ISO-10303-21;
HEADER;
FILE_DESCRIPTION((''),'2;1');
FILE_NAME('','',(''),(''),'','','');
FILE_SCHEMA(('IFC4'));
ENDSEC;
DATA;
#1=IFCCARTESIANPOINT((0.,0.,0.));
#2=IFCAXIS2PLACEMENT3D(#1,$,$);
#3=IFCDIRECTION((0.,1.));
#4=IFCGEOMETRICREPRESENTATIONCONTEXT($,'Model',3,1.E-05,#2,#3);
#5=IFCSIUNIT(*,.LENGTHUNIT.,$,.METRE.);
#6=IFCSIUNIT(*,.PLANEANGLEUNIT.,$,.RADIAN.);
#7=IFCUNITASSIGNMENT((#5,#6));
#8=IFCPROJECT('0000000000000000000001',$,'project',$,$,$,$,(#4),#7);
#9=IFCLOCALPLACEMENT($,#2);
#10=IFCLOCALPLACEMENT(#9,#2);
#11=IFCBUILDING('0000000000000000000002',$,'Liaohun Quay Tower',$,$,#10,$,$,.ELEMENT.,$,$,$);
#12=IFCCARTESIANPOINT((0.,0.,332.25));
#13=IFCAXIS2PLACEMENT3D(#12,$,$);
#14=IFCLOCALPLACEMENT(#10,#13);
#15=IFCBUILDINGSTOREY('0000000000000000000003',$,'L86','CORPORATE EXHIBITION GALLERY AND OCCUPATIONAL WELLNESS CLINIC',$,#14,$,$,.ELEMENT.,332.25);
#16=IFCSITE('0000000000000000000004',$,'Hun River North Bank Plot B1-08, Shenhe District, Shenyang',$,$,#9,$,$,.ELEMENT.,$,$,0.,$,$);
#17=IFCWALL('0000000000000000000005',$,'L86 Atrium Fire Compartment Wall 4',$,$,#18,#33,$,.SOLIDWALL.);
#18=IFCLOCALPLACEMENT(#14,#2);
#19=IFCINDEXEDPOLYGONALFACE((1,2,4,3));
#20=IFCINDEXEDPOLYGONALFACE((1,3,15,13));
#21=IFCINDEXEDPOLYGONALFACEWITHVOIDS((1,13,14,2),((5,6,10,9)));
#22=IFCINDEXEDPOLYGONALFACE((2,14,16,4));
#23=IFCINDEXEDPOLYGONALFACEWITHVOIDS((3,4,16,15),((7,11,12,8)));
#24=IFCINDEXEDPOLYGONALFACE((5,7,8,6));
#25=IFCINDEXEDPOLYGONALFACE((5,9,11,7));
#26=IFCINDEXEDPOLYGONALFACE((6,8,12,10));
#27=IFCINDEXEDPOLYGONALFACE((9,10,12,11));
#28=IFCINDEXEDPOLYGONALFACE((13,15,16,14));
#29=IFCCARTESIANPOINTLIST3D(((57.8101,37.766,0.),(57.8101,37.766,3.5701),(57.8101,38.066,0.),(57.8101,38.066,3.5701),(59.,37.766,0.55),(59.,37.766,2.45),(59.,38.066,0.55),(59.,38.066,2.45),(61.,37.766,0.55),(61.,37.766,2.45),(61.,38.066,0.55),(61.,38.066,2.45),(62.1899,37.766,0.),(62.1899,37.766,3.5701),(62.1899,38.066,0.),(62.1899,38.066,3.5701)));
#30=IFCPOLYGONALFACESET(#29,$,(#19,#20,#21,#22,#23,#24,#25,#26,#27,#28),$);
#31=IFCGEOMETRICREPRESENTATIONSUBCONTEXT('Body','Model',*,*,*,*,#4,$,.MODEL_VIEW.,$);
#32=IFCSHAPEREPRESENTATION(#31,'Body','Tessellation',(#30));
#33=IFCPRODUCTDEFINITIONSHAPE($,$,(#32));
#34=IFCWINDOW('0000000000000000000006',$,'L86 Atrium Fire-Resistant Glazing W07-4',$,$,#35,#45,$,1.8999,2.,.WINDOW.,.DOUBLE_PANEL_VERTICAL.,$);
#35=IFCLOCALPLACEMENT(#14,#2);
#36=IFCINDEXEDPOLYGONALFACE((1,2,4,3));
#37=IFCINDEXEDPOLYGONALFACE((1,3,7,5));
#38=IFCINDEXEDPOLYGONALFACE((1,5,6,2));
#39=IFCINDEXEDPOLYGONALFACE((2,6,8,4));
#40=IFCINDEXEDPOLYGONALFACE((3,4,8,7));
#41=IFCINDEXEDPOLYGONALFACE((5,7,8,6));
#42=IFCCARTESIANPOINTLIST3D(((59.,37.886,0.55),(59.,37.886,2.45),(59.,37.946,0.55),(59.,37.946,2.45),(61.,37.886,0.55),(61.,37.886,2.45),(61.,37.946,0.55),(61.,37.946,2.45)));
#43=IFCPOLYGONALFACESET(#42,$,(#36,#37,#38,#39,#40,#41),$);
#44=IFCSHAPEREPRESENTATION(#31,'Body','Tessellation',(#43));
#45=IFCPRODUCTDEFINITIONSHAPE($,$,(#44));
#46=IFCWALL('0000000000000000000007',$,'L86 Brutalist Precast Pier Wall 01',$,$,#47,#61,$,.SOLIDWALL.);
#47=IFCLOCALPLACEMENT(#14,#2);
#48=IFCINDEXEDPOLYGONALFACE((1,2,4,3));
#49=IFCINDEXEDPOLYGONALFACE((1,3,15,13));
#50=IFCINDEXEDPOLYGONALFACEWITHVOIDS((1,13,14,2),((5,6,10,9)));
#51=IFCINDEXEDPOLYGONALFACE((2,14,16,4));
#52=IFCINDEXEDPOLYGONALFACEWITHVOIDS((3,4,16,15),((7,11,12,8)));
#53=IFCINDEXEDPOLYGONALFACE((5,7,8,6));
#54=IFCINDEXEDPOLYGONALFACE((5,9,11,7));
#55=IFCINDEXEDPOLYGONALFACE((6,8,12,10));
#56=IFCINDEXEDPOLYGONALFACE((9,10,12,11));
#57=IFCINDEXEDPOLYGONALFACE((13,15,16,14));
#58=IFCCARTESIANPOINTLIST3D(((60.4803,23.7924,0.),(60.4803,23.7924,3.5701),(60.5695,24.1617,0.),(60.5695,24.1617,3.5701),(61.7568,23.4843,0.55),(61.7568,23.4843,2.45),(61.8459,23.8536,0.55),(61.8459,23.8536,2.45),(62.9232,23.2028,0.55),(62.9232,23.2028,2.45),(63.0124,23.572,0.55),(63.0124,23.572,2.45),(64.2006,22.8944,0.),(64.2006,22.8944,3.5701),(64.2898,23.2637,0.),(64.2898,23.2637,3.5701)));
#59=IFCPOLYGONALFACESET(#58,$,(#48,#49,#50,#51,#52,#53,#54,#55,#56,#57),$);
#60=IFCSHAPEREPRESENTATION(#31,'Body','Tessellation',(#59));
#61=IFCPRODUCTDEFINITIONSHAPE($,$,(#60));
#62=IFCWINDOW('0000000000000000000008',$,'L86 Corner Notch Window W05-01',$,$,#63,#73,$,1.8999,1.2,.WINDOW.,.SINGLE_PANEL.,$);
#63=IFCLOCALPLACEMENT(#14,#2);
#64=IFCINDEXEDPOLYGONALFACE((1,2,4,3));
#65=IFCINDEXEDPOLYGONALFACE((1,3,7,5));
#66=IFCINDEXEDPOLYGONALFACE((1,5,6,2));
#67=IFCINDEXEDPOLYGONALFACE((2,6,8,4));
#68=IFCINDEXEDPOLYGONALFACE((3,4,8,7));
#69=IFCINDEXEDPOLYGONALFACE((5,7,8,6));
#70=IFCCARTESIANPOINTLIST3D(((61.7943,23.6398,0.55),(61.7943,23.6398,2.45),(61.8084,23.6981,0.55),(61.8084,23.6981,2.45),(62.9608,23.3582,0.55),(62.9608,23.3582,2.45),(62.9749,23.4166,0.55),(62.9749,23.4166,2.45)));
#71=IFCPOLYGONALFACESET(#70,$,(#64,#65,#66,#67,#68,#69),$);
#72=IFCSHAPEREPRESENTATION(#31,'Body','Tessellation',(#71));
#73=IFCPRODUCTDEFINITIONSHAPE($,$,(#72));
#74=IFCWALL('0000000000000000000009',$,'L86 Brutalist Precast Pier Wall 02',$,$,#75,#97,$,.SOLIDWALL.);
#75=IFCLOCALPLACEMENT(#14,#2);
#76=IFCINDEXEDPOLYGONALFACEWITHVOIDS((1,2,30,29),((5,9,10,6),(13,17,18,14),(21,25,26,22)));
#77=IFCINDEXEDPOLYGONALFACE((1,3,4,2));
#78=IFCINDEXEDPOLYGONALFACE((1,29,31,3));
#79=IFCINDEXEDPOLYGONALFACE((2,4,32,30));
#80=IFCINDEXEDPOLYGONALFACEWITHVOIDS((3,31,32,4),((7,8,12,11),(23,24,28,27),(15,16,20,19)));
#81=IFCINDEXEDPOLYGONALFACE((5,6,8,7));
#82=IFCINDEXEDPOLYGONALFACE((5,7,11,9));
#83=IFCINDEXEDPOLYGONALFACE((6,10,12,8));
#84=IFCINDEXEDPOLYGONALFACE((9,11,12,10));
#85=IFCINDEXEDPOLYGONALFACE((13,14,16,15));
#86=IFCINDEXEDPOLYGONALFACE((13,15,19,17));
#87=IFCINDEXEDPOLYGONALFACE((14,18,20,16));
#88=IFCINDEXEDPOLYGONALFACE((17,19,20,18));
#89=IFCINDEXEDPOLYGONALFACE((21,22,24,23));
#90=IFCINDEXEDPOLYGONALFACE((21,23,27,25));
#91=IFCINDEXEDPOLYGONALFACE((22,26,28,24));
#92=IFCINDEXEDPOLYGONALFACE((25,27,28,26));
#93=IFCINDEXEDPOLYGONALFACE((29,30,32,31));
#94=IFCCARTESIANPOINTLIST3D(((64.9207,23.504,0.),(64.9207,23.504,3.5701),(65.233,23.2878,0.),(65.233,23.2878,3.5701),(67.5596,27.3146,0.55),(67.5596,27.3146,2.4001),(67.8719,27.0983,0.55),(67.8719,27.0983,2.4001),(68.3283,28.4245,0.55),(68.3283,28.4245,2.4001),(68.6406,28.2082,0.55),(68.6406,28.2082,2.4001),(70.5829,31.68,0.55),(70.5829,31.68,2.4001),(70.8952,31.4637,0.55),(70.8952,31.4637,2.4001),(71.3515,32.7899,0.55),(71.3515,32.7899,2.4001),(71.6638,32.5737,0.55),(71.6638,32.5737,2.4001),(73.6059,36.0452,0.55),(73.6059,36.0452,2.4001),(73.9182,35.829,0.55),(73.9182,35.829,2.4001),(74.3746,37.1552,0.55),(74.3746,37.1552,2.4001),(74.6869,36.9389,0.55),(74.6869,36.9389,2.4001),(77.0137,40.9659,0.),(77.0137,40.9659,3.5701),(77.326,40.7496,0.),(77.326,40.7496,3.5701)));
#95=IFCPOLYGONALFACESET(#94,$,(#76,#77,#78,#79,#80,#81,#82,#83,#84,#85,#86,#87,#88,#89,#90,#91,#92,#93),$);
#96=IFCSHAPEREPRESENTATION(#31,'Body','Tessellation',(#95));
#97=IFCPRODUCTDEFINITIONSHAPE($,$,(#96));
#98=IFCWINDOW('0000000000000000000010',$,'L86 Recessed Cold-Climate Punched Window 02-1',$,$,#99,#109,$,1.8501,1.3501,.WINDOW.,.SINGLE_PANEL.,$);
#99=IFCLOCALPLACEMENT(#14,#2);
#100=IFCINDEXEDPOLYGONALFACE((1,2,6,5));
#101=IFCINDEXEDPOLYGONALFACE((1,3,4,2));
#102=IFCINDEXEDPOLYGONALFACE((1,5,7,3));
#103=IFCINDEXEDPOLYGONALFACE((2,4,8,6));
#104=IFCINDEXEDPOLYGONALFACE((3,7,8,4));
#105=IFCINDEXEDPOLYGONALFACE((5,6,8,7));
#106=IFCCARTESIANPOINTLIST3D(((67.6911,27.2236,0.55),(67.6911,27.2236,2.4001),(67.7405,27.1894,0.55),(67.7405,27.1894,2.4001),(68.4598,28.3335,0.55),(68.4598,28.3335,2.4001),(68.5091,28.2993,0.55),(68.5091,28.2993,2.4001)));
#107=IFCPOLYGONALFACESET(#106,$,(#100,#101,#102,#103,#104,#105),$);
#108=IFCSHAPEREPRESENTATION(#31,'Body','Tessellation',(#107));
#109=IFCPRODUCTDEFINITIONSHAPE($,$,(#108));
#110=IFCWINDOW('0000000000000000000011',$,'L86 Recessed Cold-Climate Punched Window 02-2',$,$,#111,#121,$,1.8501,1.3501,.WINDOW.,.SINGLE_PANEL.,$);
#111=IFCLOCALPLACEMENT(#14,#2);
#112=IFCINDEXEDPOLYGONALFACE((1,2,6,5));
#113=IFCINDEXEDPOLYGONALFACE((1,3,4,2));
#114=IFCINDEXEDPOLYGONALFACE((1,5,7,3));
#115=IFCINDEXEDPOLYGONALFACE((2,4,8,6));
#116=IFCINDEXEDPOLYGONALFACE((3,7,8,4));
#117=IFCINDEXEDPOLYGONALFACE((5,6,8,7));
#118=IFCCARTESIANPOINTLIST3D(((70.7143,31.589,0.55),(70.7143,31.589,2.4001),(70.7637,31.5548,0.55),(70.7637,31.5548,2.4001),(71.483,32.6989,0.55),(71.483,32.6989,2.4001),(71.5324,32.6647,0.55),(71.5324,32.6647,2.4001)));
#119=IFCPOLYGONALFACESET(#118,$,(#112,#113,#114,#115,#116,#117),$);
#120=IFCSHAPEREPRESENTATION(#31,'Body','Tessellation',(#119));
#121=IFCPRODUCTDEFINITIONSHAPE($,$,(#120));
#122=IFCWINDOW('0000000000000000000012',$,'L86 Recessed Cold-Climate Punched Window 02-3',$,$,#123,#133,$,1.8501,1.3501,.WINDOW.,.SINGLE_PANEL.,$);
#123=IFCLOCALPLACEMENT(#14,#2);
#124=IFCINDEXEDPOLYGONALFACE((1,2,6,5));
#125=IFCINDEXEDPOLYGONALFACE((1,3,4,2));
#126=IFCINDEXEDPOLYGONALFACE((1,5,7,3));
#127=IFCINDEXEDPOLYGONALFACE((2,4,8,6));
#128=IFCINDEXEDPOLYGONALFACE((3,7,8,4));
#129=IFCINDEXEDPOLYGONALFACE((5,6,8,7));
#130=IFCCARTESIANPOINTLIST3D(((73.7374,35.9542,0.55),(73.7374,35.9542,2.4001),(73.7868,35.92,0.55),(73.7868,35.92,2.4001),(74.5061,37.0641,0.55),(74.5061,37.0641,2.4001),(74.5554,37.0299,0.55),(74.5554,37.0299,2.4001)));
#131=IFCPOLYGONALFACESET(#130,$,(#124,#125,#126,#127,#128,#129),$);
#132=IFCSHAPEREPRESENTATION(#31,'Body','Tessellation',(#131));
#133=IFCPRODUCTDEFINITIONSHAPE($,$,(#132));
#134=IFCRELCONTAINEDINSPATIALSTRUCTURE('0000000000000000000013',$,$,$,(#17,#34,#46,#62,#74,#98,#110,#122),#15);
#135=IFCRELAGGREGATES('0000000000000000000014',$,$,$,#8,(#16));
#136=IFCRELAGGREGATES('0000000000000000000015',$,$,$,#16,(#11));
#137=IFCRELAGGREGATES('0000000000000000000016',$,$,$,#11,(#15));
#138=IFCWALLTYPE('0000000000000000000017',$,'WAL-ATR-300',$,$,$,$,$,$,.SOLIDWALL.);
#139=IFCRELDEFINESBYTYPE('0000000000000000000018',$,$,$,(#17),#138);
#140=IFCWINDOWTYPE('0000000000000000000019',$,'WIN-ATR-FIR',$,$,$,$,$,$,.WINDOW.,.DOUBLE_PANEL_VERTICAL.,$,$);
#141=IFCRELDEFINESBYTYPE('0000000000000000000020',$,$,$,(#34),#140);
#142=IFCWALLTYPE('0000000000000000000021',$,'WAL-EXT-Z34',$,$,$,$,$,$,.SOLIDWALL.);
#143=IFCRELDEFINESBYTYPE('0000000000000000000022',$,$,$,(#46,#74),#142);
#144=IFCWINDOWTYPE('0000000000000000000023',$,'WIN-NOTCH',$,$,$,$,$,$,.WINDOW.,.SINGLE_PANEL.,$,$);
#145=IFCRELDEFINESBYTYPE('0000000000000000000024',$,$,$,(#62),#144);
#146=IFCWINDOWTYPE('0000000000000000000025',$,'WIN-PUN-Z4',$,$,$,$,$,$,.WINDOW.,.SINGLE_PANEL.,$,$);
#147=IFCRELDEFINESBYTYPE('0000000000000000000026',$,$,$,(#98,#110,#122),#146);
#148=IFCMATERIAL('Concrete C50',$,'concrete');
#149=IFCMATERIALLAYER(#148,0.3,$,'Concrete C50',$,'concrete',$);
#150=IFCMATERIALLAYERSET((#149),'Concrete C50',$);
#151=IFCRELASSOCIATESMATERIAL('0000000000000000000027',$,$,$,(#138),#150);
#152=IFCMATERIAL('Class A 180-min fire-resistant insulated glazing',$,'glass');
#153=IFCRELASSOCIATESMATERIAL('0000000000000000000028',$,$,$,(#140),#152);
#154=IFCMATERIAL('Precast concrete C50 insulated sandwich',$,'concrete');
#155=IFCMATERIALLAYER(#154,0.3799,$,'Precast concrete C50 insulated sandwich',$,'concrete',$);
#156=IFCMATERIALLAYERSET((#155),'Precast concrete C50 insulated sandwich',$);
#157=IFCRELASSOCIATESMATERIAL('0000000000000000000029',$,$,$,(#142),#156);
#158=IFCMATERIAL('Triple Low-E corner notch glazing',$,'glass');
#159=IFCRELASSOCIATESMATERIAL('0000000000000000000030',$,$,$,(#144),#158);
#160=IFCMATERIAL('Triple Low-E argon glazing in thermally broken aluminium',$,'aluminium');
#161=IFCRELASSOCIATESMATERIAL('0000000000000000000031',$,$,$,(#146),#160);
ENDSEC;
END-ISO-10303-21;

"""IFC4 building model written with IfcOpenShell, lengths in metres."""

from ifc_helpers import new_model, si_unit, direction, frame, frame_2d, origin, place, context, subcontext, project, spatial, rectangle, extrude, source, transform, mapped, material, layer, layer_set, type_object, element, fill, save


model = new_model("IFC4")

# Units and contexts
model_context = context("Model", 3, precision=1e-05, world=origin(), true_north=direction((0.0, 1.0)))
body_context = subcontext(model_context, "Body", "Model", "MODEL_VIEW")
ifc_project = project(units=[si_unit("LENGTHUNIT", "METRE"), si_unit("PLANEANGLEUNIT", "RADIAN")], contexts=[model_context])

# Site, building, storey
site_placement = place(None, origin())
site = spatial("IfcSite", under=ifc_project, at=site_placement, Name="Hun River North Bank Plot B1-08, Shenhe District, Shenyang", CompositionType="ELEMENT", RefElevation=0.0)
building_placement = place(site_placement, origin())
building = spatial("IfcBuilding", under=site, at=building_placement, Name="Liaohun Quay Tower", CompositionType="ELEMENT")
storey_placement = place(building_placement, frame((0.0, 0.0, 332.25)))
storey = spatial("IfcBuildingStorey", under=building, at=storey_placement, Name="L86", Description="CORPORATE EXHIBITION GALLERY AND OCCUPATIONAL WELLNESS CLINIC", CompositionType="ELEMENT", Elevation=332.25)

# Shared definitions
ifc_material_1 = material(Name="Concrete C50", Category="concrete")

# Walls, openings, windows
ifc_layer_1 = layer(ifc_material_1, 0.3, Name="Concrete C50", Category="concrete")
ifc_layer_set_1 = layer_set([ifc_layer_1], Name="Concrete C50")
wall_type_1 = type_object("IfcWallType", Name="WAL-ATR-300", PredefinedType="SOLIDWALL", material=ifc_layer_set_1)
shared_shape_1 = source(origin(), body_context, "Body", "SweptSolid", [
    extrude(rectangle(XDim=2.0, YDim=1.8999, at=frame_2d((1.0, 0.95))), frame((0.0, 0.1599, 0.0), z_axis=(0.0, -1.0, 0.0), x_axis=(1.0, 0.0, 0.0)), (0.0, 0.0, 1.0), 0.3201),
])
ifc_material_2 = material(Name="Class A 180-min fire-resistant insulated glazing", Category="glass")
window_type_1 = type_object("IfcWindowType", Name="WIN-ATR-FIR", PartitioningType="DOUBLE_PANEL_VERTICAL", PredefinedType="WINDOW", material=ifc_material_2)
shared_shape_2 = source(origin(), body_context, "Body", "SweptSolid", [
    extrude(rectangle(XDim=2.0, YDim=1.8999, at=frame_2d((1.0, 0.95))), frame((0.0, 0.03, 0.0), z_axis=(0.0, -1.0, 0.0), x_axis=(1.0, 0.0, 0.0)), (0.0, 0.0, 1.0), 0.0601),
])
wall_1_placement = place(storey_placement, frame((62.1899, 37.916, 0.0), z_axis=(0.0, 0.0, 1.0), x_axis=(-1.0, 0.0, 0.0)))
wall_1 = element("IfcWall", 1, at=wall_1_placement, inside=storey, type_object=wall_type_1, Name="L86 Atrium Fire Compartment Wall 4", PredefinedType="SOLIDWALL", context=body_context, shape_type="SweptSolid", body=[
    extrude(rectangle(XDim=4.3799, YDim=0.3, at=frame_2d((2.1899, 0.0))), origin(), (0.0, 0.0, 1.0), 3.5701),
])
opening_1_placement = place(wall_1_placement, frame((1.1899, 0.0, 0.55)))
opening_1 = element("IfcOpeningElement", 2, at=opening_1_placement, cuts=wall_1, PredefinedType="OPENING", context=body_context, shape_type="MappedRepresentation", body=[
    mapped(shared_shape_1, transform((0.0, 0.0, 0.0), x_axis=(1.0, 0.0, 0.0), y_axis=(0.0, 1.0, 0.0), z_axis=(0.0, 0.0, 1.0), scale=1.0)),
])
window_1_placement = place(opening_1_placement, origin())
window_1 = element("IfcWindow", 3, at=window_1_placement, inside=storey, type_object=window_type_1, Name="L86 Atrium Fire-Resistant Glazing W07-4", OverallHeight=1.8999, OverallWidth=2.0, PartitioningType="DOUBLE_PANEL_VERTICAL", PredefinedType="WINDOW", context=body_context, shape_type="MappedRepresentation", body=[
    mapped(shared_shape_2, transform((0.0, 0.0, 0.0), x_axis=(1.0, 0.0, 0.0), y_axis=(0.0, 1.0, 0.0), z_axis=(0.0, 0.0, 1.0), scale=1.0)),
])
fill(opening_1, window_1)
ifc_material_3 = material(Name="Precast concrete C50 insulated sandwich", Category="concrete")
ifc_layer_2 = layer(ifc_material_3, 0.3799, Name="Precast concrete C50 insulated sandwich", Category="concrete")
ifc_layer_set_2 = layer_set([ifc_layer_2], Name="Precast concrete C50 insulated sandwich")
wall_type_2 = type_object("IfcWallType", Name="WAL-EXT-Z34", PredefinedType="SOLIDWALL", material=ifc_layer_set_2)
wall_2_placement = place(storey_placement, frame((60.5249, 23.9771, 0.0), z_axis=(0.0, 0.0, 1.0), x_axis=(0.972084, -0.234632, 0.0)))
wall_2 = element("IfcWall", 4, at=wall_2_placement, inside=storey, type_object=wall_type_2, Name="L86 Brutalist Precast Pier Wall 01", PredefinedType="SOLIDWALL", context=body_context, shape_type="SweptSolid", body=[
    extrude(rectangle(XDim=3.8271, YDim=0.3799, at=frame_2d((1.9136, 0.0))), origin(), (0.0, 0.0, 1.0), 3.5701),
])
shared_shape_3 = source(origin(), body_context, "Body", "SweptSolid", [
    extrude(rectangle(XDim=1.2, YDim=1.8999, at=frame_2d((0.6001, 0.95))), frame((0.0, 0.2, 0.0), z_axis=(0.0, -1.0, 0.0), x_axis=(1.0, 0.0, 0.0)), (0.0, 0.0, 1.0), 0.3999),
])
opening_2_placement = place(wall_2_placement, frame((1.313, 0.0, 0.55)))
opening_2 = element("IfcOpeningElement", 5, at=opening_2_placement, cuts=wall_2, PredefinedType="OPENING", context=body_context, shape_type="MappedRepresentation", body=[
    mapped(shared_shape_3, transform((0.0, 0.0, 0.0), x_axis=(1.0, 0.0, 0.0), y_axis=(0.0, 1.0, 0.0), z_axis=(0.0, 0.0, 1.0), scale=1.0)),
])
ifc_material_4 = material(Name="Triple Low-E corner notch glazing", Category="glass")
window_type_2 = type_object("IfcWindowType", Name="WIN-NOTCH", PartitioningType="SINGLE_PANEL", PredefinedType="WINDOW", material=ifc_material_4)
shared_shape_4 = source(origin(), body_context, "Body", "SweptSolid", [
    extrude(rectangle(XDim=1.2, YDim=1.8999, at=frame_2d((0.6001, 0.95))), frame((0.0, 0.03, 0.0), z_axis=(0.0, -1.0, 0.0), x_axis=(1.0, 0.0, 0.0)), (0.0, 0.0, 1.0), 0.0601),
])
window_2_placement = place(opening_2_placement, origin())
window_2 = element("IfcWindow", 6, at=window_2_placement, inside=storey, type_object=window_type_2, Name="L86 Corner Notch Window W05-01", OverallHeight=1.8999, OverallWidth=1.2, PartitioningType="SINGLE_PANEL", PredefinedType="WINDOW", context=body_context, shape_type="MappedRepresentation", body=[
    mapped(shared_shape_4, transform((0.0, 0.0, 0.0), x_axis=(1.0, 0.0, 0.0), y_axis=(0.0, 1.0, 0.0), z_axis=(0.0, 0.0, 1.0), scale=1.0)),
])
fill(opening_2, window_2)

# Wall, openings, windows
wall_3_placement = place(storey_placement, frame((65.0769, 23.396, 0.0), z_axis=(0.0, 0.0, 1.0), x_axis=(0.569337, 0.822104, 0.0)))
wall_3 = element("IfcWall", 7, at=wall_3_placement, inside=storey, type_object=wall_type_2, Name="L86 Brutalist Precast Pier Wall 02", PredefinedType="SOLIDWALL", context=body_context, shape_type="SweptSolid", body=[
    extrude(rectangle(XDim=21.2405, YDim=0.3799, at=frame_2d((10.6201, 0.0))), origin(), (0.0, 0.0, 1.0), 3.5701),
])
shared_shape_5 = source(origin(), body_context, "Body", "SweptSolid", [
    extrude(rectangle(XDim=1.3501, YDim=1.8501, at=frame_2d((0.675, 0.925))), frame((0.0, 0.2, 0.0), z_axis=(0.0, -1.0, 0.0), x_axis=(1.0, 0.0, 0.0)), (0.0, 0.0, 1.0), 0.3999),
])
opening_3_placement = place(wall_3_placement, frame((4.635, 0.0, 0.55)))
opening_3 = element("IfcOpeningElement", 8, at=opening_3_placement, cuts=wall_3, PredefinedType="OPENING", context=body_context, shape_type="MappedRepresentation", body=[
    mapped(shared_shape_5, transform((0.0, 0.0, 0.0), x_axis=(1.0, 0.0, 0.0), y_axis=(0.0, 1.0, 0.0), z_axis=(0.0, 0.0, 1.0), scale=1.0)),
])
opening_4_placement = place(wall_3_placement, frame((9.9451, 0.0, 0.55)))
opening_4 = element("IfcOpeningElement", 9, at=opening_4_placement, cuts=wall_3, PredefinedType="OPENING", context=body_context, shape_type="MappedRepresentation", body=[
    mapped(shared_shape_5, transform((0.0, 0.0, 0.0), x_axis=(1.0, 0.0, 0.0), y_axis=(0.0, 1.0, 0.0), z_axis=(0.0, 0.0, 1.0), scale=1.0)),
])
opening_5_placement = place(wall_3_placement, frame((15.2549, 0.0, 0.55)))
opening_5 = element("IfcOpeningElement", 10, at=opening_5_placement, cuts=wall_3, PredefinedType="OPENING", context=body_context, shape_type="MappedRepresentation", body=[
    mapped(shared_shape_5, transform((0.0, 0.0, 0.0), x_axis=(1.0, 0.0, 0.0), y_axis=(0.0, 1.0, 0.0), z_axis=(0.0, 0.0, 1.0), scale=1.0)),
])
ifc_material_5 = material(Name="Triple Low-E argon glazing in thermally broken aluminium", Category="aluminium")
window_type_3 = type_object("IfcWindowType", Name="WIN-PUN-Z4", PartitioningType="SINGLE_PANEL", PredefinedType="WINDOW", material=ifc_material_5)
shared_shape_6 = source(origin(), body_context, "Body", "SweptSolid", [
    extrude(rectangle(XDim=1.3501, YDim=1.8501, at=frame_2d((0.675, 0.925))), frame((0.0, 0.03, 0.0), z_axis=(0.0, -1.0, 0.0), x_axis=(1.0, 0.0, 0.0)), (0.0, 0.0, 1.0), 0.0601),
])
window_3_placement = place(opening_3_placement, origin())
window_3 = element("IfcWindow", 11, at=window_3_placement, inside=storey, type_object=window_type_3, Name="L86 Recessed Cold-Climate Punched Window 02-1", OverallHeight=1.8501, OverallWidth=1.3501, PartitioningType="SINGLE_PANEL", PredefinedType="WINDOW", context=body_context, shape_type="MappedRepresentation", body=[
    mapped(shared_shape_6, transform((0.0, 0.0, 0.0), x_axis=(1.0, 0.0, 0.0), y_axis=(0.0, 1.0, 0.0), z_axis=(0.0, 0.0, 1.0), scale=1.0)),
])
fill(opening_3, window_3)
window_4_placement = place(opening_4_placement, origin())
window_4 = element("IfcWindow", 12, at=window_4_placement, inside=storey, type_object=window_type_3, Name="L86 Recessed Cold-Climate Punched Window 02-2", OverallHeight=1.8501, OverallWidth=1.3501, PartitioningType="SINGLE_PANEL", PredefinedType="WINDOW", context=body_context, shape_type="MappedRepresentation", body=[
    mapped(shared_shape_6, transform((0.0, 0.0, 0.0), x_axis=(1.0, 0.0, 0.0), y_axis=(0.0, 1.0, 0.0), z_axis=(0.0, 0.0, 1.0), scale=1.0)),
])
fill(opening_4, window_4)
window_5_placement = place(opening_5_placement, origin())
window_5 = element("IfcWindow", 13, at=window_5_placement, inside=storey, type_object=window_type_3, Name="L86 Recessed Cold-Climate Punched Window 02-3", OverallHeight=1.8501, OverallWidth=1.3501, PartitioningType="SINGLE_PANEL", PredefinedType="WINDOW", context=body_context, shape_type="MappedRepresentation", body=[
    mapped(shared_shape_6, transform((0.0, 0.0, 0.0), x_axis=(1.0, 0.0, 0.0), y_axis=(0.0, 1.0, 0.0), z_axis=(0.0, 0.0, 1.0), scale=1.0)),
])
fill(opening_5, window_5)

save(model, "model.ifc")
